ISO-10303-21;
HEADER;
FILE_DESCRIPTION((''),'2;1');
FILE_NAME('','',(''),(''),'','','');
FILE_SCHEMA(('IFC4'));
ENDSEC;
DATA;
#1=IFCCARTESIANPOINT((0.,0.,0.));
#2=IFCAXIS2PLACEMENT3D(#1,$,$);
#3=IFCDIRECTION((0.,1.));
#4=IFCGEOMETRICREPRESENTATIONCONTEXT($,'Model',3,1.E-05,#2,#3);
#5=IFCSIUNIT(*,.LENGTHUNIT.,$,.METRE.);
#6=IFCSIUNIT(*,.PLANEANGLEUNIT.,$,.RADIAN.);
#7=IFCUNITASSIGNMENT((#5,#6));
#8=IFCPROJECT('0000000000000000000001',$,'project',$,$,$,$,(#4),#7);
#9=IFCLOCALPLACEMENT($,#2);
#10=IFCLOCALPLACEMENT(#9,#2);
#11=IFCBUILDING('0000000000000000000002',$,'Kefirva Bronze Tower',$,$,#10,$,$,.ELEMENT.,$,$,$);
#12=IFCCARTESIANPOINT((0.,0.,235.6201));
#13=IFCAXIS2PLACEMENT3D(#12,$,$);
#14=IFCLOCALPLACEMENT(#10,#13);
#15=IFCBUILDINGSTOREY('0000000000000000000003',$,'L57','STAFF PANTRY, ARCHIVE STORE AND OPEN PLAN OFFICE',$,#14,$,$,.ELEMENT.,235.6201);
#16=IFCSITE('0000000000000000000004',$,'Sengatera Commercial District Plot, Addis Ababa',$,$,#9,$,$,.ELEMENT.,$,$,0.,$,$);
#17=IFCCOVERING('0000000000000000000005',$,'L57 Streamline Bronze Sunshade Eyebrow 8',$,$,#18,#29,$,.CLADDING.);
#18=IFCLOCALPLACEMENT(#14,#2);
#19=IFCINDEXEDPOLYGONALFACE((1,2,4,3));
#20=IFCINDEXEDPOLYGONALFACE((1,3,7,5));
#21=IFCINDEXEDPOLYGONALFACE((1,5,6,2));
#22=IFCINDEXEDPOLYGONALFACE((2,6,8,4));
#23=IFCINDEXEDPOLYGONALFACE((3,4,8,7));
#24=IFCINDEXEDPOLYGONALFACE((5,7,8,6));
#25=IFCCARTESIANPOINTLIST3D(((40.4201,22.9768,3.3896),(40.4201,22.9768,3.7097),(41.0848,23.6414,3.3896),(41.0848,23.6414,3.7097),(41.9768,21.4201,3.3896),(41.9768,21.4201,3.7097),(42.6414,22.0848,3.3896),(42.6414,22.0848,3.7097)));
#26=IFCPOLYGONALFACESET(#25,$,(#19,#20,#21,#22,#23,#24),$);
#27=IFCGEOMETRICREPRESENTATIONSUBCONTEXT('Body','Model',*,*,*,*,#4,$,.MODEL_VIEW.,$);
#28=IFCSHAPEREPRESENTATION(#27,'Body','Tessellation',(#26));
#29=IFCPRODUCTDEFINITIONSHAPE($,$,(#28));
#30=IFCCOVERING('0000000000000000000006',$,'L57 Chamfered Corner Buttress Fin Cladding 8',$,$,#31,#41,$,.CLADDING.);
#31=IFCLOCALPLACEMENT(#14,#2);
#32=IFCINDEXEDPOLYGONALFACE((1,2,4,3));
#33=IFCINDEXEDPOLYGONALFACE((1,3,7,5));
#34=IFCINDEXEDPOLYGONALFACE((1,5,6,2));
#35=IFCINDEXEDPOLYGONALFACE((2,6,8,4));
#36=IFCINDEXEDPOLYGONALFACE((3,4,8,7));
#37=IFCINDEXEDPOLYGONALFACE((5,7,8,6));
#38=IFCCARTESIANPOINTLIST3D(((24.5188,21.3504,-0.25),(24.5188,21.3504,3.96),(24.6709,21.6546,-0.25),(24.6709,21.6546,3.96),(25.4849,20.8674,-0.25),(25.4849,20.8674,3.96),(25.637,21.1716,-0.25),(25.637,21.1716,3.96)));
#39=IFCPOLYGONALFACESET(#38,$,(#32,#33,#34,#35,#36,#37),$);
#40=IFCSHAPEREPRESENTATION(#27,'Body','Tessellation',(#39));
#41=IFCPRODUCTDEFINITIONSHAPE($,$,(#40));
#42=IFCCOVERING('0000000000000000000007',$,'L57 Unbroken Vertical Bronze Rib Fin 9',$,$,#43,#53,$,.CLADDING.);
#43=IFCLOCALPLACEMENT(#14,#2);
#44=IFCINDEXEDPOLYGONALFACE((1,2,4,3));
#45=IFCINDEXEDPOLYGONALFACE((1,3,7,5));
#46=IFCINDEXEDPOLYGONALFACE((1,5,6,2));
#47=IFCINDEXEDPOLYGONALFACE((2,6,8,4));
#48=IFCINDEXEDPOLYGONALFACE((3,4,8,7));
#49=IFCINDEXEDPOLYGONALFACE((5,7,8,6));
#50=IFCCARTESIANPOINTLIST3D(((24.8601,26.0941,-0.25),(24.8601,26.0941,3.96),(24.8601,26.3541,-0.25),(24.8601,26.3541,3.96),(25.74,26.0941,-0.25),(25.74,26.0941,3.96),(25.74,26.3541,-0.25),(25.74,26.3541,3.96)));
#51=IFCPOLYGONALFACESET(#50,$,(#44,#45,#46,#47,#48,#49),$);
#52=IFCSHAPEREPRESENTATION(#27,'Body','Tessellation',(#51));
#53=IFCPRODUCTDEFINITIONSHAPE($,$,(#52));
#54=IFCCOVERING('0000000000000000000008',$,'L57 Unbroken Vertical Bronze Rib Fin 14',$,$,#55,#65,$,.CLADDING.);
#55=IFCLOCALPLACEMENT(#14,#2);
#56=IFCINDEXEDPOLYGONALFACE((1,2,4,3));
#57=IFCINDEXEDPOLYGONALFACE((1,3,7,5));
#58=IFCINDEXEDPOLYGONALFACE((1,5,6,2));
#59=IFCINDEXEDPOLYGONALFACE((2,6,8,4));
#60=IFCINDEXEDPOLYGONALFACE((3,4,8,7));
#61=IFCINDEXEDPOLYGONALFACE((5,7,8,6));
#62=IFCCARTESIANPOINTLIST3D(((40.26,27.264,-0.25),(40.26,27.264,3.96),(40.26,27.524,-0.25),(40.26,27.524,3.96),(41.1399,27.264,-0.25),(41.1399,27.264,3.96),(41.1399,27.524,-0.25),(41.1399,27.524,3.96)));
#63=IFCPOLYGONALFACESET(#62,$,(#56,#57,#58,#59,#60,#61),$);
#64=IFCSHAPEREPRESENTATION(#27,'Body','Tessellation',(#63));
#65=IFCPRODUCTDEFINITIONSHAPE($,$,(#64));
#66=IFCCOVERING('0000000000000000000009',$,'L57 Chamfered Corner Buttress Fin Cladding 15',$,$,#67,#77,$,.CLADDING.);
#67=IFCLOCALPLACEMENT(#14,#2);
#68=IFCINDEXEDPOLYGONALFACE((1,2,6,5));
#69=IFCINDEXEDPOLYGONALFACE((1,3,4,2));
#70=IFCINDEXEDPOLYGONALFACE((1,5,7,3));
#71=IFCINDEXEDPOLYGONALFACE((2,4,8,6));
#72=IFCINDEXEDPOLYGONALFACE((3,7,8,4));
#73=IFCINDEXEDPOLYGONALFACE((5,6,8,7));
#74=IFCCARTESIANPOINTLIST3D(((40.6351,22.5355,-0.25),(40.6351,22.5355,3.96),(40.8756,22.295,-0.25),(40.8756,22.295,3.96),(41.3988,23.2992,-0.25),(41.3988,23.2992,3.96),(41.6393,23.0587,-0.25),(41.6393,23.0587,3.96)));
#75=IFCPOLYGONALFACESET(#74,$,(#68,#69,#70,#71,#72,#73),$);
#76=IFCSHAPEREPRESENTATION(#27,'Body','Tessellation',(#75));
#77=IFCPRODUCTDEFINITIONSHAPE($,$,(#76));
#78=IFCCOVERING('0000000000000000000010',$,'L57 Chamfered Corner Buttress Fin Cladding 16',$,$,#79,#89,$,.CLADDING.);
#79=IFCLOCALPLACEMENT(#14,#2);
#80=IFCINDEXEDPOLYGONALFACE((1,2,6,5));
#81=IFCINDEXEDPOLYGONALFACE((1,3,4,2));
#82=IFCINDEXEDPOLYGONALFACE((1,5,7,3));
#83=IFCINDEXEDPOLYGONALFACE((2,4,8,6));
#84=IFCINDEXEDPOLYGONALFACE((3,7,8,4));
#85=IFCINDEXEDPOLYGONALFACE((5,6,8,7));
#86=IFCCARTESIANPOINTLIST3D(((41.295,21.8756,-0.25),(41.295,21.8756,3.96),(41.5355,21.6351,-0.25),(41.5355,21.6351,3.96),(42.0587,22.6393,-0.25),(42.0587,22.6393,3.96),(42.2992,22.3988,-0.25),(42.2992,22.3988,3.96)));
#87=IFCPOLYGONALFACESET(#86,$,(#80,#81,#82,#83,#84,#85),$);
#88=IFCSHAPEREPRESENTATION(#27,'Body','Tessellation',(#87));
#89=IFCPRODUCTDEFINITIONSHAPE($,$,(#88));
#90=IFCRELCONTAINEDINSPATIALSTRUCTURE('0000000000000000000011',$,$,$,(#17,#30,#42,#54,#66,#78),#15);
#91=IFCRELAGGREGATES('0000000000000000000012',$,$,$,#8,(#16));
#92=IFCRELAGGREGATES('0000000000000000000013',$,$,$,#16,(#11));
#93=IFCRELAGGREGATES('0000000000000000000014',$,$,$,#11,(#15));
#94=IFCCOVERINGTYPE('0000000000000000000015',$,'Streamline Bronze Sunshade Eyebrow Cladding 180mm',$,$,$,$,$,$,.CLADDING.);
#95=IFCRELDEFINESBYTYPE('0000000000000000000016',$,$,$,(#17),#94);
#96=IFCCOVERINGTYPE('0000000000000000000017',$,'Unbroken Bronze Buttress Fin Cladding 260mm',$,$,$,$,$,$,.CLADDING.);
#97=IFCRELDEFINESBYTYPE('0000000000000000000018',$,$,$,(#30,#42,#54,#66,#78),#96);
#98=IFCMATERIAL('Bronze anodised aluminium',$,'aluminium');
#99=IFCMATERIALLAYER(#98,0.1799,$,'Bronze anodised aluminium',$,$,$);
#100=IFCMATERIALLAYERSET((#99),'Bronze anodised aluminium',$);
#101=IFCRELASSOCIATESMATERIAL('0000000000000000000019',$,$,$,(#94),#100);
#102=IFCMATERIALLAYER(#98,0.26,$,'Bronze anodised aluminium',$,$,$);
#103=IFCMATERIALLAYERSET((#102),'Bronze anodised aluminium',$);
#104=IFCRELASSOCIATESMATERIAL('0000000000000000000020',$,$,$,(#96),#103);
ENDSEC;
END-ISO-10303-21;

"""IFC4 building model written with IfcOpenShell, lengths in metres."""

from ifc_helpers import new_model, si_unit, direction, frame, origin, origin_2d, place, context, subcontext, project, spatial, rectangle, extrude, material, layer, layer_set, type_object, element, save


model = new_model("IFC4")

# Units and contexts
model_context = context("Model", 3, precision=1e-05, world=origin(), true_north=direction((0.0, 1.0)))
body_context = subcontext(model_context, "Body", "Model", "MODEL_VIEW")
ifc_project = project(units=[si_unit("LENGTHUNIT", "METRE"), si_unit("PLANEANGLEUNIT", "RADIAN")], contexts=[model_context])

# Site, building, storey
site_placement = place(None, origin())
site = spatial("IfcSite", under=ifc_project, at=site_placement, Name="Sengatera Commercial District Plot, Addis Ababa", CompositionType="ELEMENT", RefElevation=0.0)
building_placement = place(site_placement, origin())
building = spatial("IfcBuilding", under=site, at=building_placement, Name="Kefirva Bronze Tower", CompositionType="ELEMENT")
storey_placement = place(building_placement, frame((0.0, 0.0, 235.6201)))
storey = spatial("IfcBuildingStorey", under=building, at=storey_placement, Name="L57", Description="STAFF PANTRY, ARCHIVE STORE AND OPEN PLAN OFFICE", CompositionType="ELEMENT", Elevation=235.6201)

# Coverings
ifc_material_1 = material(Name="Bronze anodised aluminium", Category="aluminium")
ifc_layer_1 = layer(ifc_material_1, 0.1799, Name="Bronze anodised aluminium")
ifc_layer_set_1 = layer_set([ifc_layer_1], Name="Bronze anodised aluminium")
covering_type_1 = type_object("IfcCoveringType", Name="Streamline Bronze Sunshade Eyebrow Cladding 180mm", PredefinedType="CLADDING", material=ifc_layer_set_1)
covering_1_placement = place(storey_placement, frame((41.5308, 22.5308, 3.3896), z_axis=(0.0, 0.0, 1.0), x_axis=(0.707107, -0.707107, 0.0)))
element("IfcCovering", 1, at=covering_1_placement, inside=storey, type_object=covering_type_1, Name="L57 Streamline Bronze Sunshade Eyebrow 8", PredefinedType="CLADDING", context=body_context, shape_type="SweptSolid", body=[
    extrude(rectangle(XDim=2.2014, YDim=0.9399, at=origin_2d()), origin(), (0.0, 0.0, 1.0), 0.3201),
])
ifc_layer_2 = layer(ifc_material_1, 0.26, Name="Bronze anodised aluminium")
ifc_layer_set_2 = layer_set([ifc_layer_2], Name="Bronze anodised aluminium")
covering_type_2 = type_object("IfcCoveringType", Name="Unbroken Bronze Buttress Fin Cladding 260mm", PredefinedType="CLADDING", material=ifc_layer_set_2)
covering_2_placement = place(storey_placement, frame((25.0779, 21.261, -0.25), z_axis=(0.0, 0.0, 1.0), x_axis=(0.447214, 0.894427, 0.0)))
element("IfcCovering", 2, at=covering_2_placement, inside=storey, type_object=covering_type_2, Name="L57 Chamfered Corner Buttress Fin Cladding 8", PredefinedType="CLADDING", context=body_context, shape_type="SweptSolid", body=[
    extrude(rectangle(XDim=0.3401, YDim=1.0801, at=origin_2d()), origin(), (0.0, 0.0, 1.0), 4.21),
])
for number, where, z_axis, x_axis, name in (
    (3, (25.3, 26.2241, -0.25), (0.0, 0.0, 1.0), (0.0, 1.0, 0.0), "L57 Unbroken Vertical Bronze Rib Fin 9"),
    (4, (40.7, 27.394, -0.25), (0.0, 0.0, 1.0), (0.0, -1.0, 0.0), "L57 Unbroken Vertical Bronze Rib Fin 14"),
):
    element("IfcCovering", number, at=place(storey_placement, frame(where, z_axis=z_axis, x_axis=x_axis)), inside=storey, type_object=covering_type_2, Name=name, PredefinedType="CLADDING", context=body_context, shape_type="SweptSolid", body=[
        extrude(rectangle(XDim=0.26, YDim=0.8799, at=origin_2d()), origin(), (0.0, 0.0, 1.0), 4.21),
    ])
for number, where, z_axis, x_axis, name in (
    (5, (41.1372, 22.7971, -0.25), (0.0, 0.0, 1.0), (0.707107, -0.707107, 0.0), "L57 Chamfered Corner Buttress Fin Cladding 15"),
    (6, (41.7971, 22.1372, -0.25), (0.0, 0.0, 1.0), (0.707107, -0.707107, 0.0), "L57 Chamfered Corner Buttress Fin Cladding 16"),
):
    element("IfcCovering", number, at=place(storey_placement, frame(where, z_axis=z_axis, x_axis=x_axis)), inside=storey, type_object=covering_type_2, Name=name, PredefinedType="CLADDING", context=body_context, shape_type="SweptSolid", body=[
        extrude(rectangle(XDim=0.3401, YDim=1.0801, at=origin_2d()), origin(), (0.0, 0.0, 1.0), 4.21),
    ])

save(model, "model.ifc")
